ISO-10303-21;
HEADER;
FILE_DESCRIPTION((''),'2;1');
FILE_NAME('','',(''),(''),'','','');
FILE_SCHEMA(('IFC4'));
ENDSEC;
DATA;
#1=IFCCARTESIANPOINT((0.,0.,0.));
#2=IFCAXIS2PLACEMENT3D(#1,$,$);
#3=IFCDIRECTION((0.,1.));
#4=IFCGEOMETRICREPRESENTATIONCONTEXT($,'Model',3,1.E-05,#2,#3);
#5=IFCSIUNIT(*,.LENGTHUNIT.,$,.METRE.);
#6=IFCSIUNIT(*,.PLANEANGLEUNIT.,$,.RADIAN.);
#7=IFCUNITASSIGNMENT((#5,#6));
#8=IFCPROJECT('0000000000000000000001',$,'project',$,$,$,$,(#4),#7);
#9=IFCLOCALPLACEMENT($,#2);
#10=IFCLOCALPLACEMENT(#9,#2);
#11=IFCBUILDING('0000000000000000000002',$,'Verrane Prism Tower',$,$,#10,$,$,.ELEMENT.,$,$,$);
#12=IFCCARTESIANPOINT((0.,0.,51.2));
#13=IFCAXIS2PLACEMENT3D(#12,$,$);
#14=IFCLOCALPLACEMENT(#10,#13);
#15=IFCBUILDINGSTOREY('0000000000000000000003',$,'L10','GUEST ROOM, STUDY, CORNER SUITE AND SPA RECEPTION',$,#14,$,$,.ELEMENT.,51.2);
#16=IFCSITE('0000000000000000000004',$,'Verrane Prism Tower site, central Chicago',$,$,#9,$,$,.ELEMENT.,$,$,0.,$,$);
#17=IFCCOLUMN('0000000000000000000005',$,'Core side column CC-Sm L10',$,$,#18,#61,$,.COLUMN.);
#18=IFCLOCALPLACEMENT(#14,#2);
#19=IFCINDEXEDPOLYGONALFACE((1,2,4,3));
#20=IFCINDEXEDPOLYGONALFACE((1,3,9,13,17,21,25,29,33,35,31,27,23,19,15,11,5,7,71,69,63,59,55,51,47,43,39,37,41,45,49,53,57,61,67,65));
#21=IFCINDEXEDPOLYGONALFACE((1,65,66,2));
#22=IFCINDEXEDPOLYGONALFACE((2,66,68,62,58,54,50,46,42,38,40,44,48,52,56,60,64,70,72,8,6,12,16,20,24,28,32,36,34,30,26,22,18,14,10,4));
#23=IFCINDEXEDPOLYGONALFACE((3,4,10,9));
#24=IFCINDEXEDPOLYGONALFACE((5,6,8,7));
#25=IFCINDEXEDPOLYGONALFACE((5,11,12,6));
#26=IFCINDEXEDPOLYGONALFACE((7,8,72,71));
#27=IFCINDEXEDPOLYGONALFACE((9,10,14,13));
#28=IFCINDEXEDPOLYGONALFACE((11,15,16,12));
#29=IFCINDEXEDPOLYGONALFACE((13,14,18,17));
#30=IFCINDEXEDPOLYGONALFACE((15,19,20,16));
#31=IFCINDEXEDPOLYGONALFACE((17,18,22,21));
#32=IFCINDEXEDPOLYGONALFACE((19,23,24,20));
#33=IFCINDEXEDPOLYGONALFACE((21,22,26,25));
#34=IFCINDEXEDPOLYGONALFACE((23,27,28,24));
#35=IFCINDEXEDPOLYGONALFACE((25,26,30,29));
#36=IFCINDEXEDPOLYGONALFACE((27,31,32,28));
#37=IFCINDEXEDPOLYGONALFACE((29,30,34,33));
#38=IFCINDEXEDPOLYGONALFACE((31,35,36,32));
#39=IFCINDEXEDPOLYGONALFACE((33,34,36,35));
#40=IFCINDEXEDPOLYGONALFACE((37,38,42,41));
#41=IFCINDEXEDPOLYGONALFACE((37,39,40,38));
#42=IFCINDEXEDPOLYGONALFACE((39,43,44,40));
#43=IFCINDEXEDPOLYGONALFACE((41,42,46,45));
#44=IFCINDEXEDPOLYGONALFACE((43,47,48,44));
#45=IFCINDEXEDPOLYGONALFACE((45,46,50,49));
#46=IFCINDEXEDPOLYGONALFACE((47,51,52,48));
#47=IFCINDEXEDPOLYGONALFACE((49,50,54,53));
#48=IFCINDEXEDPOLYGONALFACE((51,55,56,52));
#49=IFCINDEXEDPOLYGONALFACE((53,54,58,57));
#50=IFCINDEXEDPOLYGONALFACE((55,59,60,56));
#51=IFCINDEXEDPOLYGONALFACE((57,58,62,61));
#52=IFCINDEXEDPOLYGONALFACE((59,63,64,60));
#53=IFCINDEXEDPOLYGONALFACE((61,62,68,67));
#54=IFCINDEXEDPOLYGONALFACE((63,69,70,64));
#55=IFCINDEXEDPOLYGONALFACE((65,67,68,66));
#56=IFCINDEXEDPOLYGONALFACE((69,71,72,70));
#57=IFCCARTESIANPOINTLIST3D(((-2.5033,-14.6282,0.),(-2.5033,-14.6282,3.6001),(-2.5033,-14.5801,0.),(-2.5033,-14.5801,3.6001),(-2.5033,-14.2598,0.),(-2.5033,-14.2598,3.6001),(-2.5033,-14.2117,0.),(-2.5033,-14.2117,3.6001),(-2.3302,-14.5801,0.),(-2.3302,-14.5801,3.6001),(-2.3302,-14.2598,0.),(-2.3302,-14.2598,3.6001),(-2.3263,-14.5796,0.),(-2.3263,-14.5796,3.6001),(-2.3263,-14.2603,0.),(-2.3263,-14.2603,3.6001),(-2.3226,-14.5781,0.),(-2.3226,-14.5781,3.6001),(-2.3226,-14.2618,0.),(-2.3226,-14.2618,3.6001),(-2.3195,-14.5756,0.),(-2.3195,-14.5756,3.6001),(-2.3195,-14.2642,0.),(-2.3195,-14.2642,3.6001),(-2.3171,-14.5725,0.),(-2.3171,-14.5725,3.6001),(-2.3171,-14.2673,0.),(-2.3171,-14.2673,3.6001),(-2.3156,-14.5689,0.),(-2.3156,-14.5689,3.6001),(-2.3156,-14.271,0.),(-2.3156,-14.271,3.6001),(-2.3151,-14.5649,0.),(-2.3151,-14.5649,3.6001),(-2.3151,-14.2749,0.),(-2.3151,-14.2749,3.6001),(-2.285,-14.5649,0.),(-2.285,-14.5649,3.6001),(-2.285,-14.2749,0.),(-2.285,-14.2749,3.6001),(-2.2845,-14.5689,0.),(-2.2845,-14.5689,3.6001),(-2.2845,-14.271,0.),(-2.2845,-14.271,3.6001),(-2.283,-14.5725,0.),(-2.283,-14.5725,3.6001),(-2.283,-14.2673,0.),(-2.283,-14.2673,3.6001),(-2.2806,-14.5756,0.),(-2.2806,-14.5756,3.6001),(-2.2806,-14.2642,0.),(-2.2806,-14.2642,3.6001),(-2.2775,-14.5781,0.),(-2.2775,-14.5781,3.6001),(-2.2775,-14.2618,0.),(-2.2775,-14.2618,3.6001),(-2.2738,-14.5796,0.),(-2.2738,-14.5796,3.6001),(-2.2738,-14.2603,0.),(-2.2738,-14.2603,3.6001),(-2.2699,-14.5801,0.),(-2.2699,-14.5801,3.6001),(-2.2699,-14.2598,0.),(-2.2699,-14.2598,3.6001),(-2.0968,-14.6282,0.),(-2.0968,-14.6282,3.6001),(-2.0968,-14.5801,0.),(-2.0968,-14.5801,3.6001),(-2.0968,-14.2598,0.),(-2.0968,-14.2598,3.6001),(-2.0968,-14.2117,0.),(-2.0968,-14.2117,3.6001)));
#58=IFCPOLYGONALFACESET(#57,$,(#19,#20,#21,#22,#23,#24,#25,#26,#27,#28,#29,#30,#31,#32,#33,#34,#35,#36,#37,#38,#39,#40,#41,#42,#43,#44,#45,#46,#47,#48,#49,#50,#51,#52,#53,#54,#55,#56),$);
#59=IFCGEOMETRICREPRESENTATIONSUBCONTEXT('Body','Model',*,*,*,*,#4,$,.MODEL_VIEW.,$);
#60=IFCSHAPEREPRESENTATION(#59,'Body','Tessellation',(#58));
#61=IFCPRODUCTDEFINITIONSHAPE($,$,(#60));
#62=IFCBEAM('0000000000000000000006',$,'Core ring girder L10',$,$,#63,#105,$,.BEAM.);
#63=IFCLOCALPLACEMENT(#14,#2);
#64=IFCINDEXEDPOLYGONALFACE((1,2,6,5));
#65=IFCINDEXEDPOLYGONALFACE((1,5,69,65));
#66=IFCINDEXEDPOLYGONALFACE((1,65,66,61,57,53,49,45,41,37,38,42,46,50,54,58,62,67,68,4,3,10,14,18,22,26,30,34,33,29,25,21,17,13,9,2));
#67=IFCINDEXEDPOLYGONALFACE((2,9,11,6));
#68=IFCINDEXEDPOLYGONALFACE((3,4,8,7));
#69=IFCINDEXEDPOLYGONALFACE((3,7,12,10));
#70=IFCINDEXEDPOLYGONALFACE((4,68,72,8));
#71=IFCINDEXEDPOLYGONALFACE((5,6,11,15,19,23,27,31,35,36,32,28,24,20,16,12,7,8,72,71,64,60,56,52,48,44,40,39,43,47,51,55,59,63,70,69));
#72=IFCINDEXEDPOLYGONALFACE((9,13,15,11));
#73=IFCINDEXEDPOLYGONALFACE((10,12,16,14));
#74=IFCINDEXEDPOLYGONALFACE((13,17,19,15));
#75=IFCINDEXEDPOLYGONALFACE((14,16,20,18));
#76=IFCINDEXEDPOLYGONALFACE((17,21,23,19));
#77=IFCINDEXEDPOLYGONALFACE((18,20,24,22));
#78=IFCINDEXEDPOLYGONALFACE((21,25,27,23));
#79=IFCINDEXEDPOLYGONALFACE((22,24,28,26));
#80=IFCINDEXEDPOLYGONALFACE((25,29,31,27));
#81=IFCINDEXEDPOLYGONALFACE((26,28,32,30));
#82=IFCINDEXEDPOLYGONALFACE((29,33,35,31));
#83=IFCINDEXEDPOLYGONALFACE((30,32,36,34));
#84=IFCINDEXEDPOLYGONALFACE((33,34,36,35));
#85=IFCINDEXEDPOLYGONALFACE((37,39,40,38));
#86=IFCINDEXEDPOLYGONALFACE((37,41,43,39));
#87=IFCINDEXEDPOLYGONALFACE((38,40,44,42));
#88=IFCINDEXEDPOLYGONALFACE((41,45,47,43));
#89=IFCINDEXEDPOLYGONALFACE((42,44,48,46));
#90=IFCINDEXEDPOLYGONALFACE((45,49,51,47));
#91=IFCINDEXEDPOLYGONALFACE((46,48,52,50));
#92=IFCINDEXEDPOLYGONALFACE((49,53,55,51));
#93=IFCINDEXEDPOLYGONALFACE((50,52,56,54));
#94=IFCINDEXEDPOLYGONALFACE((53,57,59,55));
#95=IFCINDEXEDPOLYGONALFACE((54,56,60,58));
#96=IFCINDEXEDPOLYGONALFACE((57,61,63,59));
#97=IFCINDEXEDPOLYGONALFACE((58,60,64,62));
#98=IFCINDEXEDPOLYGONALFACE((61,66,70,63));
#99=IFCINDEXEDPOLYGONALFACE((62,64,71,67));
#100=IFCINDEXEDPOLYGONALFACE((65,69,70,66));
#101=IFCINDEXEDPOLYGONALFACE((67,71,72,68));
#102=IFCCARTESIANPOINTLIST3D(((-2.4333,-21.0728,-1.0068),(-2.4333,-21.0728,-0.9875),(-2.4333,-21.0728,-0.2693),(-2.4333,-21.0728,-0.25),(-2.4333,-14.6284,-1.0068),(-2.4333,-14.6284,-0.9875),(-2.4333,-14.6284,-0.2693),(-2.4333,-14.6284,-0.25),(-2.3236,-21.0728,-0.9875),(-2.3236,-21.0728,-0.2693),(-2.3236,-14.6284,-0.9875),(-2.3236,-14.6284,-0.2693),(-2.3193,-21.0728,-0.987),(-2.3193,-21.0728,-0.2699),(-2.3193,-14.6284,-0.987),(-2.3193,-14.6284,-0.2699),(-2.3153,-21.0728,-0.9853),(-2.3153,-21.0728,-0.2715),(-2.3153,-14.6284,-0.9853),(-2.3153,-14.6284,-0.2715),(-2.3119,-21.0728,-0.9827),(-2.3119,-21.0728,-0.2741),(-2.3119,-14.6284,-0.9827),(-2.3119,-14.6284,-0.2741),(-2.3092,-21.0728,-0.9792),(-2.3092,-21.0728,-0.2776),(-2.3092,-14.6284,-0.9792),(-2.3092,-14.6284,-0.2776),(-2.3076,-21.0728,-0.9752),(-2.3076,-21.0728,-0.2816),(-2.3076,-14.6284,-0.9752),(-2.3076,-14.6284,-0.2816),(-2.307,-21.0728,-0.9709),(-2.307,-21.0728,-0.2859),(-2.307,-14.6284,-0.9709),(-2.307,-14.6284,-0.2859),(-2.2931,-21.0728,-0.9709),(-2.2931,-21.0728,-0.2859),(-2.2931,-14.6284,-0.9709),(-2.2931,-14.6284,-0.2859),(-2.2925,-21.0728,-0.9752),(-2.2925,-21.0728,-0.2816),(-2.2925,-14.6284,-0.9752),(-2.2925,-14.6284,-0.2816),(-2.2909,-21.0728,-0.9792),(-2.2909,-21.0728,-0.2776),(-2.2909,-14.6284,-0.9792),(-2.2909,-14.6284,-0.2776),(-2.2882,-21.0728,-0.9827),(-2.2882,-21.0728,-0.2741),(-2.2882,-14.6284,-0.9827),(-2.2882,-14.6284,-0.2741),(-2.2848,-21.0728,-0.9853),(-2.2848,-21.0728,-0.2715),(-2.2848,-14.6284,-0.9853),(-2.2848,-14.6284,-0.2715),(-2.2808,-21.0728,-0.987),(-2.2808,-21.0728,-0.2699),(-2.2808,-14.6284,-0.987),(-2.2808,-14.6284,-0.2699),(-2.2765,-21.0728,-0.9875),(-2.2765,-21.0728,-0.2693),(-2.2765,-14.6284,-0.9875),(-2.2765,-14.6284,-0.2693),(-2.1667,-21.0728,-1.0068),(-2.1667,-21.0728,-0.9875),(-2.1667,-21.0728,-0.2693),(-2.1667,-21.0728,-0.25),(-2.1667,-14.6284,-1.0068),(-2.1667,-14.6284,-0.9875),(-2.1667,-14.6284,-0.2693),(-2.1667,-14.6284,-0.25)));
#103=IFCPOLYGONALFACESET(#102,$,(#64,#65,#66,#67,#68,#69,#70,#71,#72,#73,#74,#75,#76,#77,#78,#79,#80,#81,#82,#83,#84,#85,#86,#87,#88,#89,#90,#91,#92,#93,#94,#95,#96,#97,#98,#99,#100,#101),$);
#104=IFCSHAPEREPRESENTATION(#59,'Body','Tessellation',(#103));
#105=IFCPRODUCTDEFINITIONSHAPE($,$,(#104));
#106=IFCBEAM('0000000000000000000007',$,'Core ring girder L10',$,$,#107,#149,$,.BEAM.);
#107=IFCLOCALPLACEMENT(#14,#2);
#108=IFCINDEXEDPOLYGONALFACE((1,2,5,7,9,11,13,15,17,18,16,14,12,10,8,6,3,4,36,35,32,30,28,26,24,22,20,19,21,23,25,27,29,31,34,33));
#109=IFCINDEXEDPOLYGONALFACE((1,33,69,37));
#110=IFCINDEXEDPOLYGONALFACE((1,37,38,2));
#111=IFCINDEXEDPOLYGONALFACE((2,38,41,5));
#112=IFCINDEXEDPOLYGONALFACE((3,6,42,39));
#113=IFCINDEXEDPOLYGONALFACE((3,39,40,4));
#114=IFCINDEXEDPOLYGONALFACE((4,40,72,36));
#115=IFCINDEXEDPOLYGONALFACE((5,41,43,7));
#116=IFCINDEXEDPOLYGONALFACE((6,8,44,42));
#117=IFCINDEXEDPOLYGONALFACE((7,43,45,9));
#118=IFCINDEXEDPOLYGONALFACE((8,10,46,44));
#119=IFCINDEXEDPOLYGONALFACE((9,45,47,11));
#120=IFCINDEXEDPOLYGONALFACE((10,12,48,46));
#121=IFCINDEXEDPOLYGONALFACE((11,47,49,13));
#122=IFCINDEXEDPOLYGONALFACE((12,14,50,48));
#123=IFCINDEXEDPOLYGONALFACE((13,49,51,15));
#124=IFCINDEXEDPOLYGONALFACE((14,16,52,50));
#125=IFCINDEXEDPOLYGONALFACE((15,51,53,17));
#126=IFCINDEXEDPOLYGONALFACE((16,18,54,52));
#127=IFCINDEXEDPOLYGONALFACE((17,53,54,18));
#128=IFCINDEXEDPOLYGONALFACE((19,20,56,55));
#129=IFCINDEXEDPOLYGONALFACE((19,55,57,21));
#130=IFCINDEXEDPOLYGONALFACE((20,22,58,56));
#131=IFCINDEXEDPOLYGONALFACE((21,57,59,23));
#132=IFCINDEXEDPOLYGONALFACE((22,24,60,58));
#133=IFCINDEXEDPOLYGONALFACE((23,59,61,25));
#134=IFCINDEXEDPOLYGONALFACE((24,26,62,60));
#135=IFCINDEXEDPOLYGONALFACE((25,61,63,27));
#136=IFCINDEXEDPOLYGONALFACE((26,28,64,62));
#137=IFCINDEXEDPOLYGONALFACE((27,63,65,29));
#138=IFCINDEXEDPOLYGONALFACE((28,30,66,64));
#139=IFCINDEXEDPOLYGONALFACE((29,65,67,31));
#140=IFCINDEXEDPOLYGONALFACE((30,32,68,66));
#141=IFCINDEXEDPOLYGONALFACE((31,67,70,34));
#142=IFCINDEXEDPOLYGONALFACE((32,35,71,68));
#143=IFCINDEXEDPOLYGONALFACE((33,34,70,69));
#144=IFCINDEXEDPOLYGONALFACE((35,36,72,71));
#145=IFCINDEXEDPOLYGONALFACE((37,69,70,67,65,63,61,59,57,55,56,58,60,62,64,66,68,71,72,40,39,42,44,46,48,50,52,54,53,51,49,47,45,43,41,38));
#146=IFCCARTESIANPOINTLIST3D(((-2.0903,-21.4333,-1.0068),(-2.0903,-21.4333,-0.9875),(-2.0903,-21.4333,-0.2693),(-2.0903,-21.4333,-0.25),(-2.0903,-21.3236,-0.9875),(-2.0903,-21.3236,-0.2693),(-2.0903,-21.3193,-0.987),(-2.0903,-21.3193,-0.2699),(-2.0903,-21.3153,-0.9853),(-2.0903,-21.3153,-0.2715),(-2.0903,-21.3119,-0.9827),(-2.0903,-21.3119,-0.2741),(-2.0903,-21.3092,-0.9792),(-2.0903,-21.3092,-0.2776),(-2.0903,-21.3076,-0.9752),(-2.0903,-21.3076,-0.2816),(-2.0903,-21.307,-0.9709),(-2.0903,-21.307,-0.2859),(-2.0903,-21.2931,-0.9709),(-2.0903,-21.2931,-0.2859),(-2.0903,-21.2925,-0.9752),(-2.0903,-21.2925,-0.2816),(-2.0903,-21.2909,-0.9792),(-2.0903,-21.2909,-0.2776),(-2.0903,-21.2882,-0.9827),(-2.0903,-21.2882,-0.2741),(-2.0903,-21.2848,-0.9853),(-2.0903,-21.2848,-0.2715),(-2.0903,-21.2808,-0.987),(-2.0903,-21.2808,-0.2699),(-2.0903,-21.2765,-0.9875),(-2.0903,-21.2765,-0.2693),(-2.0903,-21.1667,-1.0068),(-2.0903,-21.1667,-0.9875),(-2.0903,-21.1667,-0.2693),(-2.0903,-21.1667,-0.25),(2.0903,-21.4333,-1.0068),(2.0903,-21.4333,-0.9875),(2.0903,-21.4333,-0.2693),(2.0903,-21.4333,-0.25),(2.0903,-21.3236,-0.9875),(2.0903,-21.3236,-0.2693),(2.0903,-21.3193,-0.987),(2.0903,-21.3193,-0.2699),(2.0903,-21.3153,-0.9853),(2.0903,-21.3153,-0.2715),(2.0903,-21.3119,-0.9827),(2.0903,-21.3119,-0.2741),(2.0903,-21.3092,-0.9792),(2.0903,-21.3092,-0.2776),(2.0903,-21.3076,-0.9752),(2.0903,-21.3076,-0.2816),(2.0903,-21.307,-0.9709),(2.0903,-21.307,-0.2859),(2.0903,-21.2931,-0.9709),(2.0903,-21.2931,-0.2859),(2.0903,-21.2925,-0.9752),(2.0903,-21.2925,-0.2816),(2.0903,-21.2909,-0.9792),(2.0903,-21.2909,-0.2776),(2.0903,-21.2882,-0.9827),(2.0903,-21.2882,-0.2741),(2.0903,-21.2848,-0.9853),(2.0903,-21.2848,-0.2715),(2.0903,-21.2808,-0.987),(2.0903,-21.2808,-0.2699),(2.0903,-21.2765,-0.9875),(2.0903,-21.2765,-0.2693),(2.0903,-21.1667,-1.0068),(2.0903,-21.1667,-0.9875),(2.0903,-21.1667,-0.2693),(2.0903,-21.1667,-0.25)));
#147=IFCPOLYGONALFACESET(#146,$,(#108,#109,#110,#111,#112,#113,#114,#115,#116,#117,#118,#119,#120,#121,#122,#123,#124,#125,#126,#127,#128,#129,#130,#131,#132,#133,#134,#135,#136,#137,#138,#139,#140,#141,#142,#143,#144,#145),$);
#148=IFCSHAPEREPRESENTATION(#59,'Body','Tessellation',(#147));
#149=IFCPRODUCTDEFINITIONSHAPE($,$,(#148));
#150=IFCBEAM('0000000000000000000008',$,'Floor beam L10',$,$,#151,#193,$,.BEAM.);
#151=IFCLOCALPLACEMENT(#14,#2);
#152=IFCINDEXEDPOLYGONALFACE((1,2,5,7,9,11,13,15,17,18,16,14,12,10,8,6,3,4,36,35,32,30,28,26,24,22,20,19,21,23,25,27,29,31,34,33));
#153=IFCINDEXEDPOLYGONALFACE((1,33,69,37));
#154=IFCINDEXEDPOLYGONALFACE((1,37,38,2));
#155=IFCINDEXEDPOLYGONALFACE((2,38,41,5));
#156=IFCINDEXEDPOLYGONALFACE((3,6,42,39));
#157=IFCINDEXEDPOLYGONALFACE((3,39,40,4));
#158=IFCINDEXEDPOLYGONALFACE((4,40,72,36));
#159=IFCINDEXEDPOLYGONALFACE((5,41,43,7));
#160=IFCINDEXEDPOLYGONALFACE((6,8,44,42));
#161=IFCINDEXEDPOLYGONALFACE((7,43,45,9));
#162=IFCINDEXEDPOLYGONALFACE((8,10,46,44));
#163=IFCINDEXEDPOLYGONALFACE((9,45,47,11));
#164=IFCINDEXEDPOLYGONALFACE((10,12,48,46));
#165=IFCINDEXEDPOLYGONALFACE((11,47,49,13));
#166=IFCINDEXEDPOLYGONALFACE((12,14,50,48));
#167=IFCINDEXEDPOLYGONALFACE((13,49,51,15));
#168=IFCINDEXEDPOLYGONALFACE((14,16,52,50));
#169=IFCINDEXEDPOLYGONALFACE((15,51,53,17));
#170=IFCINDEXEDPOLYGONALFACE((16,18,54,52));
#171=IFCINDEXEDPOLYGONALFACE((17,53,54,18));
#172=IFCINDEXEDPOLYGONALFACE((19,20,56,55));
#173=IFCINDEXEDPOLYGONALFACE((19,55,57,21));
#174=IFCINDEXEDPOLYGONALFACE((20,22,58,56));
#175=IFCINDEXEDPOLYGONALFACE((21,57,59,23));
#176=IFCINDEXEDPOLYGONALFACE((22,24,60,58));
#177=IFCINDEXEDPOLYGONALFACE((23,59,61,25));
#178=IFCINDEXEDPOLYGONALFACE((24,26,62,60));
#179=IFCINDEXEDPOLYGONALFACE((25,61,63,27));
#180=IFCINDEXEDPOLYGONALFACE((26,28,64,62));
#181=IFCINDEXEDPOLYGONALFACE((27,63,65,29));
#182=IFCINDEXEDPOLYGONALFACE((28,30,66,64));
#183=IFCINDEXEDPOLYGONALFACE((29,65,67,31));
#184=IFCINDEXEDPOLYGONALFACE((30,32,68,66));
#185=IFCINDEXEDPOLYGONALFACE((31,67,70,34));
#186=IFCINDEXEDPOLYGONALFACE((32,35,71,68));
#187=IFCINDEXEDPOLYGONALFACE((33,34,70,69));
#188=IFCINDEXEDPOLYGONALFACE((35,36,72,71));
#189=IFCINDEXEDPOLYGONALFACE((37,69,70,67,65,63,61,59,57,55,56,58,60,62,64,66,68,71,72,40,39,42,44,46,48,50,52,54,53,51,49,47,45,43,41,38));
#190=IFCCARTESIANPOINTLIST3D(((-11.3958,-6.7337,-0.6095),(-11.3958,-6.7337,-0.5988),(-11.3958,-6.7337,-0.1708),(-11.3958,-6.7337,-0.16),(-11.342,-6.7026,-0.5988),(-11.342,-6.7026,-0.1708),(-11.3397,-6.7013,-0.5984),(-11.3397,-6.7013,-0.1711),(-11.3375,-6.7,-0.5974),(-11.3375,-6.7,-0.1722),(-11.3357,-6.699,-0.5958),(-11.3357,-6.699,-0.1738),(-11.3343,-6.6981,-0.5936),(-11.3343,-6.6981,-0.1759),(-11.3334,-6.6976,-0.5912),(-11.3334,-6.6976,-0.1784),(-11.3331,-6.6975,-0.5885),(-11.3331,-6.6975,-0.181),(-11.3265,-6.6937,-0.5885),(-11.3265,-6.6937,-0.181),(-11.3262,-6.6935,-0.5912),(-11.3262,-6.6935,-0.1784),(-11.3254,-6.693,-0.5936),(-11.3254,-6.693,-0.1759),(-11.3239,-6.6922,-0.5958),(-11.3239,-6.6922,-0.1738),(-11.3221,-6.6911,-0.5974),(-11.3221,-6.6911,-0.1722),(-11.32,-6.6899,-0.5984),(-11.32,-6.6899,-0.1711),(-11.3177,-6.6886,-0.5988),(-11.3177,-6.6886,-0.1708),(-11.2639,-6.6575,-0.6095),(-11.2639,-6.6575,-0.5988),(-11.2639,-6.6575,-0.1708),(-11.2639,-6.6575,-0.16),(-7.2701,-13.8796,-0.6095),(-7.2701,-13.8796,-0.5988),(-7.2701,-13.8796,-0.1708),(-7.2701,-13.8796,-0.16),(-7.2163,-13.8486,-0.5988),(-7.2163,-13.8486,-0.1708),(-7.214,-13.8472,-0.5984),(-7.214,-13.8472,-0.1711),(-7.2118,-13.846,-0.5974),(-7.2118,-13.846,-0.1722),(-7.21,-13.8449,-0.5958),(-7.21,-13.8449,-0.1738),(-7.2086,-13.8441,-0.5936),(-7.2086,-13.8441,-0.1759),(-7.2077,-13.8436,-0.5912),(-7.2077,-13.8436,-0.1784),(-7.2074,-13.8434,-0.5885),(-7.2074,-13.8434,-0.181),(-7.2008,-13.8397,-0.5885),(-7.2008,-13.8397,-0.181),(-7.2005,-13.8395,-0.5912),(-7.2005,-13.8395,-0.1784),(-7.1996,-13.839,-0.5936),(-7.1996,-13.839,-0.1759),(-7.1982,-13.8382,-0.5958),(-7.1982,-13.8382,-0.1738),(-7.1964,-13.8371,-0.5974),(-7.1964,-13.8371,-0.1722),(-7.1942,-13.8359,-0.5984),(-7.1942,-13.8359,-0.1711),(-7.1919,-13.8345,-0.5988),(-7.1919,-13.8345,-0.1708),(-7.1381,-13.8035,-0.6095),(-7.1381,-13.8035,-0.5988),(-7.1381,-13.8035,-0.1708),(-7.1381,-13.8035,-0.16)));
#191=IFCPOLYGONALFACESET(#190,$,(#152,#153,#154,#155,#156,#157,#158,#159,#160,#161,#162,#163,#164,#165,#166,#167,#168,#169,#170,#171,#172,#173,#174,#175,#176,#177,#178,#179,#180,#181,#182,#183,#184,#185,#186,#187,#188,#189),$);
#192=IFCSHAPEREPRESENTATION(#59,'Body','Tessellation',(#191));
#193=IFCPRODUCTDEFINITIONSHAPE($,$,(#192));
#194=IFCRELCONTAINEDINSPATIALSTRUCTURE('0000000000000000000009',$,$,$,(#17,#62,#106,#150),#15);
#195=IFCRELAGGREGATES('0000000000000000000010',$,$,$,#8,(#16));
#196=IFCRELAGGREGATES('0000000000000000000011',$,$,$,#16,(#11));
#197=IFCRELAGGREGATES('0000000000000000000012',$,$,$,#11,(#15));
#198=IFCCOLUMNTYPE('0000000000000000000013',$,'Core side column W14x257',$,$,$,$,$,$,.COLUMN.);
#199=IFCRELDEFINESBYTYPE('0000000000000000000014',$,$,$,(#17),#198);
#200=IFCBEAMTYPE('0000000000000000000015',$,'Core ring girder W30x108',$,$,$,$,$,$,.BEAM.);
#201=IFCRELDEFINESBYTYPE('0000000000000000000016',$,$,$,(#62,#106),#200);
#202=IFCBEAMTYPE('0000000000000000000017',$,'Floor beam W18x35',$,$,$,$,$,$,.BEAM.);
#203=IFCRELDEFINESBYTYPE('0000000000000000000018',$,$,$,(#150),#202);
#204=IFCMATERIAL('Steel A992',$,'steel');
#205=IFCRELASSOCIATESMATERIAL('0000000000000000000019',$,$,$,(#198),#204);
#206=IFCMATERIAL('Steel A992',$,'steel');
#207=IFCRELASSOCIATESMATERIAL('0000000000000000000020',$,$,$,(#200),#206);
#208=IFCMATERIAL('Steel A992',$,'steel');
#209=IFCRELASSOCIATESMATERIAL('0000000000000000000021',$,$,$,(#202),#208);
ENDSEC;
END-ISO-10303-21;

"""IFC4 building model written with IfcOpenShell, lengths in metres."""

from ifc_helpers import new_model, si_unit, direction, frame, origin, origin_2d, place, context, subcontext, project, spatial, i_section, extrude, material, material_profile, profile_set, type_object, element, save


model = new_model("IFC4")

# Units and contexts
model_context = context("Model", 3, precision=1e-05, world=origin(), true_north=direction((0.0, 1.0)))
body_context = subcontext(model_context, "Body", "Model", "MODEL_VIEW")
ifc_project = project(units=[si_unit("LENGTHUNIT", "METRE"), si_unit("PLANEANGLEUNIT", "RADIAN")], contexts=[model_context])

# Site, building, storey
site_placement = place(None, origin())
site = spatial("IfcSite", under=ifc_project, at=site_placement, Name="Verrane Prism Tower site, central Chicago", CompositionType="ELEMENT", RefElevation=0.0)
building_placement = place(site_placement, origin())
building = spatial("IfcBuilding", under=site, at=building_placement, Name="Verrane Prism Tower", CompositionType="ELEMENT")
storey_placement = place(building_placement, frame((0.0, 0.0, 51.2)))
storey = spatial("IfcBuildingStorey", under=building, at=storey_placement, Name="L10", Description="GUEST ROOM, STUDY, CORNER SUITE AND SPA RECEPTION", CompositionType="ELEMENT", Elevation=51.2)

# Column
ifc_material_1 = material(Name="Steel A992", Category="steel")
ifc_material_profile_1 = material_profile(ifc_material_1, i_section(OverallWidth=0.4065, OverallDepth=0.4165, WebThickness=0.03, FlangeThickness=0.0481, FilletRadius=0.0151, at=origin_2d()), Name="W14x257")
ifc_profile_set_1 = profile_set([ifc_material_profile_1], Name="Steel A992")
column_type = type_object("IfcColumnType", Name="Core side column W14x257", PredefinedType="COLUMN", material=ifc_profile_set_1)
column_placement = place(storey_placement, frame((-2.3, -14.4199, 0.0), z_axis=(0.0, 0.0, 1.0), x_axis=(1.0, 0.0, 0.0)))
element("IfcColumn", 1, at=column_placement, inside=storey, type_object=column_type, Name="Core side column CC-Sm L10", PredefinedType="COLUMN", context=body_context, shape_type="SweptSolid", body=[
    extrude(i_section(OverallWidth=0.4065, OverallDepth=0.4165, WebThickness=0.03, FlangeThickness=0.0481, FilletRadius=0.0151, at=origin_2d()), origin(), (0.0, 0.0, 1.0), 3.6001),
])

# Beams
ifc_material_2 = material(Name="Steel A992", Category="steel")
ifc_material_profile_2 = material_profile(ifc_material_2, i_section(OverallWidth=0.2666, OverallDepth=0.7568, WebThickness=0.0139, FlangeThickness=0.0193, FilletRadius=0.0166, at=origin_2d()), Name="W30x108")
ifc_profile_set_2 = profile_set([ifc_material_profile_2], Name="Steel A992")
beam_type_1 = type_object("IfcBeamType", Name="Core ring girder W30x108", PredefinedType="BEAM", material=ifc_profile_set_2)
beam_1_placement = place(storey_placement, frame((-2.3, -14.6284, -0.6284), z_axis=(0.0, -1.0, 0.0), x_axis=(1.0, 0.0, 0.0)))
element("IfcBeam", 2, at=beam_1_placement, inside=storey, type_object=beam_type_1, Name="Core ring girder L10", PredefinedType="BEAM", context=body_context, shape_type="SweptSolid", body=[
    extrude(i_section(OverallWidth=0.2666, OverallDepth=0.7568, WebThickness=0.0139, FlangeThickness=0.0193, FilletRadius=0.0166, at=origin_2d()), origin(), (0.0, 0.0, 1.0), 6.4443),
])
beam_2_placement = place(storey_placement, frame((-2.0903, -21.3, -0.6284), z_axis=(1.0, 0.0, 0.0), x_axis=(0.0, 1.0, 0.0)))
element("IfcBeam", 3, at=beam_2_placement, inside=storey, type_object=beam_type_1, Name="Core ring girder L10", PredefinedType="BEAM", context=body_context, shape_type="SweptSolid", body=[
    extrude(i_section(OverallWidth=0.2666, OverallDepth=0.7568, WebThickness=0.0139, FlangeThickness=0.0193, FilletRadius=0.0166, at=origin_2d()), origin(), (0.0, 0.0, 1.0), 4.1807),
])
ifc_material_3 = material(Name="Steel A992", Category="steel")
ifc_material_profile_3 = material_profile(ifc_material_3, i_section(OverallWidth=0.1523, OverallDepth=0.4495, WebThickness=0.0076, FlangeThickness=0.0107, FilletRadius=0.0103, at=origin_2d()), Name="W18x35")
ifc_profile_set_3 = profile_set([ifc_material_profile_3], Name="Steel A992")
beam_type_2 = type_object("IfcBeamType", Name="Floor beam W18x35", PredefinedType="BEAM", material=ifc_profile_set_3)
beam_3_placement = place(storey_placement, frame((-7.2041, -13.8416, -0.3848), z_axis=(-0.499999, 0.866026, 0.0), x_axis=(-0.866026, -0.499999, 0.0)))
element("IfcBeam", 4, at=beam_3_placement, inside=storey, type_object=beam_type_2, Name="Floor beam L10", PredefinedType="BEAM", context=body_context, shape_type="SweptSolid", body=[
    extrude(i_section(OverallWidth=0.1523, OverallDepth=0.4495, WebThickness=0.0076, FlangeThickness=0.0107, FilletRadius=0.0103, at=origin_2d()), origin(), (0.0, 0.0, 1.0), 8.2515),
])

save(model, "model.ifc")
